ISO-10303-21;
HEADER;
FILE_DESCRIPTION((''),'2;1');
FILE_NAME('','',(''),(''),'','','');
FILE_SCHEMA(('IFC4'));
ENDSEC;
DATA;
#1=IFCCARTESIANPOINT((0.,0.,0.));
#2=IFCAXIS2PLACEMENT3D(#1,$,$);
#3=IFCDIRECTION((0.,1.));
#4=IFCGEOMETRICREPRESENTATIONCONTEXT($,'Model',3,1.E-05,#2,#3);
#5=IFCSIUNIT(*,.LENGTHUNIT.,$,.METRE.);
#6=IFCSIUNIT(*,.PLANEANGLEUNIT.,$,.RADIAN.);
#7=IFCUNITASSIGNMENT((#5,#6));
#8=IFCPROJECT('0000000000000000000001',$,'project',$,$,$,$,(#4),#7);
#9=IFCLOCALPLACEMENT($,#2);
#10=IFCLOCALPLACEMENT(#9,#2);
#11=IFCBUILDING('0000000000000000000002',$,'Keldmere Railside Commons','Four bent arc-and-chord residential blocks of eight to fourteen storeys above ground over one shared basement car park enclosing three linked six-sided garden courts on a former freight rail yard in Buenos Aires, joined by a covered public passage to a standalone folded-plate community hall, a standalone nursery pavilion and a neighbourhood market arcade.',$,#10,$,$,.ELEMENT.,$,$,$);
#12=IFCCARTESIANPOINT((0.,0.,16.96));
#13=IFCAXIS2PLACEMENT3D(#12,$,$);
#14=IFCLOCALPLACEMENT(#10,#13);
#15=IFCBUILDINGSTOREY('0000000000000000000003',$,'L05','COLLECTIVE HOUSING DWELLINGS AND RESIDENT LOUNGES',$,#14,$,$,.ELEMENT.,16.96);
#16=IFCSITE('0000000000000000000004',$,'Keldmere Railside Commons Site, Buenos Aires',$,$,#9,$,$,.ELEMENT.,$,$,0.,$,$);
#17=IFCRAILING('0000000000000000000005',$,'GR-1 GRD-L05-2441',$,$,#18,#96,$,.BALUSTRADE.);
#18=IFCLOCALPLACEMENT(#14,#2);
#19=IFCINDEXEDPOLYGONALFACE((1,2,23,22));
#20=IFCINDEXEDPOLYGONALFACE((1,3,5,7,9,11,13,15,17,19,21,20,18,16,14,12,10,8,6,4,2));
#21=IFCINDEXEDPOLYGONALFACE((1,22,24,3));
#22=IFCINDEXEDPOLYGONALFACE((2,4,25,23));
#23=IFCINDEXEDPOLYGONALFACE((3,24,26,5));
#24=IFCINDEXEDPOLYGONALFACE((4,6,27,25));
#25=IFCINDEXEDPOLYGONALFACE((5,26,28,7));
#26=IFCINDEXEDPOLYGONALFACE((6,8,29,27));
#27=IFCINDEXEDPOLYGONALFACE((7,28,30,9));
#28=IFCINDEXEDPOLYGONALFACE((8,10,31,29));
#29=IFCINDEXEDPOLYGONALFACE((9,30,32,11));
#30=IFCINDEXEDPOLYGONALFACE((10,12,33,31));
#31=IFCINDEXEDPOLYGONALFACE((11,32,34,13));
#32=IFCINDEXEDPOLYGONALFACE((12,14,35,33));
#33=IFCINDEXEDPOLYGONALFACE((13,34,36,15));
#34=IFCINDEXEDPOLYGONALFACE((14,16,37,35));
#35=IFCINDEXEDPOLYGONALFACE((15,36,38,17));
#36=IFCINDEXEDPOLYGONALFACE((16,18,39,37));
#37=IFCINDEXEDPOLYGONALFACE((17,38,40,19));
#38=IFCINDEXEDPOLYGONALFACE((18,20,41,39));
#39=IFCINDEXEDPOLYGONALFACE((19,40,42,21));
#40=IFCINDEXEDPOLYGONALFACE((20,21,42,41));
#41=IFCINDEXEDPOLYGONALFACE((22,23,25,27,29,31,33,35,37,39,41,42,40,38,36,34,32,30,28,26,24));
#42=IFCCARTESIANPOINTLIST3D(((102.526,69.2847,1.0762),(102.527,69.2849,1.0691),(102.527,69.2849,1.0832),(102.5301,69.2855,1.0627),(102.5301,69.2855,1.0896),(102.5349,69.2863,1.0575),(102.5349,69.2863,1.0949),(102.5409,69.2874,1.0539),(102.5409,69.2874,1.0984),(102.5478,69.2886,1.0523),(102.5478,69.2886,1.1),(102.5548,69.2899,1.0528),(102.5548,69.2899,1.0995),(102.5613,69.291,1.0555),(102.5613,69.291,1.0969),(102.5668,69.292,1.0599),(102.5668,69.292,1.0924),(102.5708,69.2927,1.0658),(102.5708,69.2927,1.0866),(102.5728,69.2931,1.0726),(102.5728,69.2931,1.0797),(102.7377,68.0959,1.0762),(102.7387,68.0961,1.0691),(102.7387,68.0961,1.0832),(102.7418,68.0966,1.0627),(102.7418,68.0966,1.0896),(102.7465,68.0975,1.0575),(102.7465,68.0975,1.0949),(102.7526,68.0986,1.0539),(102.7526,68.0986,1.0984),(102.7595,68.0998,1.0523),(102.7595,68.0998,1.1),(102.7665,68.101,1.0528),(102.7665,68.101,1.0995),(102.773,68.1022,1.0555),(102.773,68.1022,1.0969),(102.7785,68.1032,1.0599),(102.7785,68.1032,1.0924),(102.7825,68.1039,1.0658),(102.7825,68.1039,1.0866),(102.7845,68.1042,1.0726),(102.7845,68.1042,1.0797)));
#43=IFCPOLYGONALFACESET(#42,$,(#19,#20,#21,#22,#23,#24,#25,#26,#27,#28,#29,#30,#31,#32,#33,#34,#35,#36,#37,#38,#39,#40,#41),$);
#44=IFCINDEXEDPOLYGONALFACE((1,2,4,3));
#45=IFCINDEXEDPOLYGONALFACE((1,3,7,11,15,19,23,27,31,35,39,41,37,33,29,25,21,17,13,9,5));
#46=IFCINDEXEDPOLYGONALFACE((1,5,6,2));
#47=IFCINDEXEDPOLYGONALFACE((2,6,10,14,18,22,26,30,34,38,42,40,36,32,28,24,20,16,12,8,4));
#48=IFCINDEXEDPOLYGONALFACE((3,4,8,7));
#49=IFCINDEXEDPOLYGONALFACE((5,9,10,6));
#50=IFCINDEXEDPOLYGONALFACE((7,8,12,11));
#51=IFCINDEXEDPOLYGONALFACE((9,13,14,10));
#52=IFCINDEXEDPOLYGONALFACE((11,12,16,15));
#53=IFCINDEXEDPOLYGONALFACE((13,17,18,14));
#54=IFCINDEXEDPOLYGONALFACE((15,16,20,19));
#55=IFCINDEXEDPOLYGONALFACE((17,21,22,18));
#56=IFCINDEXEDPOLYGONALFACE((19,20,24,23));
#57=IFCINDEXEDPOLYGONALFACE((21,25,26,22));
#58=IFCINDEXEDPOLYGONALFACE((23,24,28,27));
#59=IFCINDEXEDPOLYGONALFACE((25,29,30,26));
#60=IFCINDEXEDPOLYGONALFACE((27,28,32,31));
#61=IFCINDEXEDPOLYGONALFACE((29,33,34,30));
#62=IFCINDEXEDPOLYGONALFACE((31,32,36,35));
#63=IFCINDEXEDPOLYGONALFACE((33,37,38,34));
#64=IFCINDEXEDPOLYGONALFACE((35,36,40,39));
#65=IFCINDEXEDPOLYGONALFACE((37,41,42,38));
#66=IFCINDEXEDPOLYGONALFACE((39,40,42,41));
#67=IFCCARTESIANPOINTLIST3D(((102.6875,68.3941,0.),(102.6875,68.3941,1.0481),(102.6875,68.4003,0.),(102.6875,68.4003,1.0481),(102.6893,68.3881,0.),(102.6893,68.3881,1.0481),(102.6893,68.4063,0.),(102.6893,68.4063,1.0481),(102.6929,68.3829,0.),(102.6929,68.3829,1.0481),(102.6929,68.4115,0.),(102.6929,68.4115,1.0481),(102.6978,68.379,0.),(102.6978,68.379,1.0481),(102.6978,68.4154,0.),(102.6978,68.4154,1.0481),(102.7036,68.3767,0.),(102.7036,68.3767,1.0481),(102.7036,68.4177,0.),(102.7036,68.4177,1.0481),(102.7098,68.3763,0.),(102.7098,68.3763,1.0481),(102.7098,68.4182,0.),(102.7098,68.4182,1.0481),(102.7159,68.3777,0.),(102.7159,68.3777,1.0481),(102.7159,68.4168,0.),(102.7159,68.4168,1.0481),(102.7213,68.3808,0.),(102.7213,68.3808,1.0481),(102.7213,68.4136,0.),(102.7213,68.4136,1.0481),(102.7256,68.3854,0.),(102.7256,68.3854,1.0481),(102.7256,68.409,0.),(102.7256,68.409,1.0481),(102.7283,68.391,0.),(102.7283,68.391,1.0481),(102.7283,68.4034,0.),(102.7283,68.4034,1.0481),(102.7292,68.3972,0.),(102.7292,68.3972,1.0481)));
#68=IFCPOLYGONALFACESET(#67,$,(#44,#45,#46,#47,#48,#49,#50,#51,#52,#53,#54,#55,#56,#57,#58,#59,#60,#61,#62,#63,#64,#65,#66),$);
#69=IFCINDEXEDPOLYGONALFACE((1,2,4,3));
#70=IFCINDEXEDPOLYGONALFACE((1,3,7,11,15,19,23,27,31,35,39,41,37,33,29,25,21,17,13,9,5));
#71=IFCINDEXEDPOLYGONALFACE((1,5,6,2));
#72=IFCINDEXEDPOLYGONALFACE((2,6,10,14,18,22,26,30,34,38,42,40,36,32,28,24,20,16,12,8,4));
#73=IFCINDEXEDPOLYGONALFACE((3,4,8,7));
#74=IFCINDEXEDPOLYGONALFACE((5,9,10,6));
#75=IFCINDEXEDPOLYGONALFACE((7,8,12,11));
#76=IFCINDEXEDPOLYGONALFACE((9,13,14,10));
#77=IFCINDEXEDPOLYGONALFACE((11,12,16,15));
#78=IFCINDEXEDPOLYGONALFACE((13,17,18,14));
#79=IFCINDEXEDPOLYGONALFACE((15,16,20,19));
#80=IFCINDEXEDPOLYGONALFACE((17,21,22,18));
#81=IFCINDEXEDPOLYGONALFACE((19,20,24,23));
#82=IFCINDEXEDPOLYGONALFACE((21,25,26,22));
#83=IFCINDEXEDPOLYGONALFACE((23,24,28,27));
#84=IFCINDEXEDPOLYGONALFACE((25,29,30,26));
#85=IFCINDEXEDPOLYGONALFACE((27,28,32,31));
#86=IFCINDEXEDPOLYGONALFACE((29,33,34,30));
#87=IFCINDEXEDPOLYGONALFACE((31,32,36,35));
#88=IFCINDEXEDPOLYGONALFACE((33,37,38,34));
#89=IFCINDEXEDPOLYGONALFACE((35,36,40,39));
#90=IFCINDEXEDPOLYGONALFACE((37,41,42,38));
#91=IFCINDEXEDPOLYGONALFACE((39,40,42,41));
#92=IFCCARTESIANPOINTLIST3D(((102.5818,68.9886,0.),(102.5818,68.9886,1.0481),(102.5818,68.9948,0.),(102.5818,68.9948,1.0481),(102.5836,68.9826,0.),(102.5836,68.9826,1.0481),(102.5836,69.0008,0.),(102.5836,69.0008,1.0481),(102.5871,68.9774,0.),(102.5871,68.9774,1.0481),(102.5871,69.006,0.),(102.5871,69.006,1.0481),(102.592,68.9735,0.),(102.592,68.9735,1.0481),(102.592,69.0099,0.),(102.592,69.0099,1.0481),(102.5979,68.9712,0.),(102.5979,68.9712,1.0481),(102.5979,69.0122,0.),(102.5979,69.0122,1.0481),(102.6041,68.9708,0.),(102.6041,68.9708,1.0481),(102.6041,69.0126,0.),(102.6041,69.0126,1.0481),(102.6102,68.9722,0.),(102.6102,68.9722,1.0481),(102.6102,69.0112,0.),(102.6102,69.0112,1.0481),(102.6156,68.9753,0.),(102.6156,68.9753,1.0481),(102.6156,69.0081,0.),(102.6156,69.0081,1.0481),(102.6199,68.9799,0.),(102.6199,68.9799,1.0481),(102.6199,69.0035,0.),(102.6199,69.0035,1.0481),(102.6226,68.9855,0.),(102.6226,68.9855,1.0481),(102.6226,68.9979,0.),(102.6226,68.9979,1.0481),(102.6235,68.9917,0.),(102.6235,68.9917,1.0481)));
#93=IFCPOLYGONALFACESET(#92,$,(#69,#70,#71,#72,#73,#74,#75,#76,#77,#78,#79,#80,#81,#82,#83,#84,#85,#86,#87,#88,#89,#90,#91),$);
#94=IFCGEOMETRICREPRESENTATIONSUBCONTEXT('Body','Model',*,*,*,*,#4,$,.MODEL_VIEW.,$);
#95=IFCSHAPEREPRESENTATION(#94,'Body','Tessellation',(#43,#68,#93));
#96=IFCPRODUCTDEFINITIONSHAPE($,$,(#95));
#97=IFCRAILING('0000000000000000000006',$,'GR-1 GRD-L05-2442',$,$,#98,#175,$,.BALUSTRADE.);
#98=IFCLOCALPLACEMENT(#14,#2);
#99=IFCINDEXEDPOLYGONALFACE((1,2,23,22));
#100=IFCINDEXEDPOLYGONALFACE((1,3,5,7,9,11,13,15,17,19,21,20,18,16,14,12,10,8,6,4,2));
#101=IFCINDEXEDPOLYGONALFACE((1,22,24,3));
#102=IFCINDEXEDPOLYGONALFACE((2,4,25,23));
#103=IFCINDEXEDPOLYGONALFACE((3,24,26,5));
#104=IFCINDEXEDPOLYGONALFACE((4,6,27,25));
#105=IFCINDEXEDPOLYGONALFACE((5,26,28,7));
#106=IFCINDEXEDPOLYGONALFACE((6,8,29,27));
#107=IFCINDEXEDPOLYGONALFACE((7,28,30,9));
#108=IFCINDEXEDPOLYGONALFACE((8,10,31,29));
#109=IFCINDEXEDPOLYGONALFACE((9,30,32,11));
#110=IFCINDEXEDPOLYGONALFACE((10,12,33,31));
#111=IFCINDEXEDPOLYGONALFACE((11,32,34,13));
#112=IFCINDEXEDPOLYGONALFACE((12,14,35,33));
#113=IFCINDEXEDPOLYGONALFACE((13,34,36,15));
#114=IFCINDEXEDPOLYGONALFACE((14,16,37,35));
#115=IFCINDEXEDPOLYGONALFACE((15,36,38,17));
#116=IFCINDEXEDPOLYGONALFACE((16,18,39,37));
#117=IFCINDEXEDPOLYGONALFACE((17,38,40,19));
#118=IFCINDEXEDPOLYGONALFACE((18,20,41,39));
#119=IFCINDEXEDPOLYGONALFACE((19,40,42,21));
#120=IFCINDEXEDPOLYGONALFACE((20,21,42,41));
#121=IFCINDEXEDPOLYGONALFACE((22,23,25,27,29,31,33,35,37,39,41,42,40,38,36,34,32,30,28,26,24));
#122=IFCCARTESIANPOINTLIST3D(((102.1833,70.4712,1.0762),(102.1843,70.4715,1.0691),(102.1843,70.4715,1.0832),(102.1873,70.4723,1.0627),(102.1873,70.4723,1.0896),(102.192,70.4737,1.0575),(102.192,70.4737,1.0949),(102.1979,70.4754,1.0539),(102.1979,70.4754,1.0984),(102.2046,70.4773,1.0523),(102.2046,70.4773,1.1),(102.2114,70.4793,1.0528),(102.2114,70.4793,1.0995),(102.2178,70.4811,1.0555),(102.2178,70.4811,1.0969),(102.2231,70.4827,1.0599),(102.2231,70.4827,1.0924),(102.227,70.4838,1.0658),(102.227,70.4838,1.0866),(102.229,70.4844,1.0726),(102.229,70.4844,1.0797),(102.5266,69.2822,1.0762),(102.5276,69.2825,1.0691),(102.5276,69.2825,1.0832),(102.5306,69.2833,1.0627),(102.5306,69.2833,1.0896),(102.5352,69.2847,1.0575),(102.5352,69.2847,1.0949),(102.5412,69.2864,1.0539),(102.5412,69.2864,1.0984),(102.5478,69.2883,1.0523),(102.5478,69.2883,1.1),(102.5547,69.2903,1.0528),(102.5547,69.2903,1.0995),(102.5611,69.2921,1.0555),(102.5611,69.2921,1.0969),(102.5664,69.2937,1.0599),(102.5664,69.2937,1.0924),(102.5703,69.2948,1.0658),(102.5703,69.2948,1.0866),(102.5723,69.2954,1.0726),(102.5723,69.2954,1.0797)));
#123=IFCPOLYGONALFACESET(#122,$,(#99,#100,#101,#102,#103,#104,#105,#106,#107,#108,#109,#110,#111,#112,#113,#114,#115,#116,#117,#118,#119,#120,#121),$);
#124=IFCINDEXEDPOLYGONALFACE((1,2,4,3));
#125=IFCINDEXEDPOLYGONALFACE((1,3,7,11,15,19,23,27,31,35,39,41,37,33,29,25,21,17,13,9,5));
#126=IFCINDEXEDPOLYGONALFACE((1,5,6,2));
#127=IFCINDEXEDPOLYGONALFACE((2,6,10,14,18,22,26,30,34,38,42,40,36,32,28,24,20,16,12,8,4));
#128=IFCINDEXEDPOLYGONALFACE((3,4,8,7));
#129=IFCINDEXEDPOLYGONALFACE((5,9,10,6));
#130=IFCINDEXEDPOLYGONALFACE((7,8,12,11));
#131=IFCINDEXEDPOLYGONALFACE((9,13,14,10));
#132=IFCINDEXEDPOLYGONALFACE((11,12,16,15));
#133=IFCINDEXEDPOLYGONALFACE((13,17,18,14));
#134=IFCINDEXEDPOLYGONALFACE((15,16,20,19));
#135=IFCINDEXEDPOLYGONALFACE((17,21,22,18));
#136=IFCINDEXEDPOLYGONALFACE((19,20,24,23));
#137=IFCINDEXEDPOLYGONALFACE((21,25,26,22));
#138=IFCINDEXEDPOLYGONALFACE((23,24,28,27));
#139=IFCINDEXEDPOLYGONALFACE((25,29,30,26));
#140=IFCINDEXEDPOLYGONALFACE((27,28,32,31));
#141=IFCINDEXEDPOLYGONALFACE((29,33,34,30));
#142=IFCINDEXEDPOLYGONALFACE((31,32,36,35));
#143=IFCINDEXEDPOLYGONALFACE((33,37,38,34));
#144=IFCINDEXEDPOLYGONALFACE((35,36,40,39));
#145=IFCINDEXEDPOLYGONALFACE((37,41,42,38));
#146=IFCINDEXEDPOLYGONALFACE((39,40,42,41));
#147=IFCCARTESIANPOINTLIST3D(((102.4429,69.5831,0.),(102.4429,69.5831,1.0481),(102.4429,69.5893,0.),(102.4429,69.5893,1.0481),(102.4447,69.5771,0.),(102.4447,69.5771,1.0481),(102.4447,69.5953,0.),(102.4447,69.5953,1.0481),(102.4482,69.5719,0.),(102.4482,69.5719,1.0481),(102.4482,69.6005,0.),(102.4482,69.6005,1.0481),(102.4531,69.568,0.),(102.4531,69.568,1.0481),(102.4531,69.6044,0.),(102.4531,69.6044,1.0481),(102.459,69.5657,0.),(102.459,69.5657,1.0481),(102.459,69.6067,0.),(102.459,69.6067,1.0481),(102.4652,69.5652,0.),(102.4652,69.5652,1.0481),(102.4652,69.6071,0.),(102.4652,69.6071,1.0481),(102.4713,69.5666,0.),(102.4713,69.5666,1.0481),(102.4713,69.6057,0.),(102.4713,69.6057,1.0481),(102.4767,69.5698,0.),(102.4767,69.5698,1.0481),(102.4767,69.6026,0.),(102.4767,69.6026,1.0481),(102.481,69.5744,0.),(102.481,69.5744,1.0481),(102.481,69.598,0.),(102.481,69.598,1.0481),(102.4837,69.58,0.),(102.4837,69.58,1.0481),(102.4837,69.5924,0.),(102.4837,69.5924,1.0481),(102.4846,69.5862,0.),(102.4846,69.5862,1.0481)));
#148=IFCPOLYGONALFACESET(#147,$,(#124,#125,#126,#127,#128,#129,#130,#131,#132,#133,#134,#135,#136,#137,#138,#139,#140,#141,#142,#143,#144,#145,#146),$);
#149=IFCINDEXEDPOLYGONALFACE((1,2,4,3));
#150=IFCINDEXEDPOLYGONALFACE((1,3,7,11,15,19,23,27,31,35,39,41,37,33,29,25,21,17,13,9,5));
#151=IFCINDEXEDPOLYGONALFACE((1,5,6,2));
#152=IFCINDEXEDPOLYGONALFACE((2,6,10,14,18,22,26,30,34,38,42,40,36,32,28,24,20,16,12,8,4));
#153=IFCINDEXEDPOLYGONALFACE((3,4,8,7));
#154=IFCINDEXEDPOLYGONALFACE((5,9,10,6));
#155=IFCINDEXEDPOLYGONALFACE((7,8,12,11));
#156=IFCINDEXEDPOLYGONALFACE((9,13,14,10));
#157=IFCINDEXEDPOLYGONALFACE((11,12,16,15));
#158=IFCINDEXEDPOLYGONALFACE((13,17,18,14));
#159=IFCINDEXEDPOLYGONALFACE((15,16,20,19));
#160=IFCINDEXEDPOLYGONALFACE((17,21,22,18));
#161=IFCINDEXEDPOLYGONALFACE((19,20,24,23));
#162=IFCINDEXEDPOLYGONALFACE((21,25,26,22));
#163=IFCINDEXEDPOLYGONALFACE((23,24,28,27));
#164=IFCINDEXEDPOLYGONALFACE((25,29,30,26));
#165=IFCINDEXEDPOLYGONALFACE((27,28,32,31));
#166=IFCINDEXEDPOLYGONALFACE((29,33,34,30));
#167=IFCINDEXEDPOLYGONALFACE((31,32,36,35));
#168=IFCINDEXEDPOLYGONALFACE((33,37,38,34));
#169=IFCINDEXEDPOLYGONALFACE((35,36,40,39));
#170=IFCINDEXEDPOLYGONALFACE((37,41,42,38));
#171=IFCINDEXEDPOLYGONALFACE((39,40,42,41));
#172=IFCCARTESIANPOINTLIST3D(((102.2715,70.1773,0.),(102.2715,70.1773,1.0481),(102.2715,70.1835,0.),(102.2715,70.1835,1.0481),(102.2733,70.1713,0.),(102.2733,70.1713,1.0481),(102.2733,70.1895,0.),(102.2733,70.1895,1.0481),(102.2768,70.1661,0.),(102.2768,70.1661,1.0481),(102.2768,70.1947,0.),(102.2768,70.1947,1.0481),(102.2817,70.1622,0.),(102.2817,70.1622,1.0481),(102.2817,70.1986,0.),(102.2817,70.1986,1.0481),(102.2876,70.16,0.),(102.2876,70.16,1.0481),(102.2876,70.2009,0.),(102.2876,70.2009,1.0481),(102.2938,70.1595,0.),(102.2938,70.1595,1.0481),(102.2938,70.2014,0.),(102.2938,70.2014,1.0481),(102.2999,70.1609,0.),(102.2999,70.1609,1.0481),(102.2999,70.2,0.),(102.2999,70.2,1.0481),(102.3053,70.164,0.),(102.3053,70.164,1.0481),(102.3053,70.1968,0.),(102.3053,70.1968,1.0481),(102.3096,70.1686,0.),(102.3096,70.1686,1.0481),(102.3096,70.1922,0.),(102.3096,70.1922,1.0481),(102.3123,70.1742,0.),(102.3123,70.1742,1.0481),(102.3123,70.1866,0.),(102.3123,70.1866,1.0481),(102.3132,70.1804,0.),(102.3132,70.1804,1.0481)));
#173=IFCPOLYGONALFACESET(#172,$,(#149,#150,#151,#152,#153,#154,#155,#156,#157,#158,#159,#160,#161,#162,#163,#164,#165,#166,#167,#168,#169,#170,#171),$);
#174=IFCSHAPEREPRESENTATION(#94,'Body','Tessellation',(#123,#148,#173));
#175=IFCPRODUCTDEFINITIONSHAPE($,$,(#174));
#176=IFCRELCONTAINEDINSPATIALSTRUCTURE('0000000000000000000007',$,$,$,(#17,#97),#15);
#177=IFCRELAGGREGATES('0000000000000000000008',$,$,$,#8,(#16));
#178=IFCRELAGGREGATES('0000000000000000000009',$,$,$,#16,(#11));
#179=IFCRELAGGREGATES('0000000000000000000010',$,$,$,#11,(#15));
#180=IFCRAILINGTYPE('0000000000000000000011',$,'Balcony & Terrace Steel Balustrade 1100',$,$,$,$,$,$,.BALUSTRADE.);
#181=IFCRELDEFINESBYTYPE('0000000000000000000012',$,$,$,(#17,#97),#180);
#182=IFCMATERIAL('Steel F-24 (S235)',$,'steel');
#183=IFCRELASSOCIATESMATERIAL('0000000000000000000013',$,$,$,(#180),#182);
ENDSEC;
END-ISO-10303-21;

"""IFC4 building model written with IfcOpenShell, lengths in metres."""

from ifc_helpers import new_model, si_unit, direction, frame, origin, origin_2d, place, context, subcontext, project, spatial, circle, extrude, material, type_object, element, save


model = new_model("IFC4")

# Units and contexts
model_context = context("Model", 3, precision=1e-05, world=origin(), true_north=direction((0.0, 1.0)))
body_context = subcontext(model_context, "Body", "Model", "MODEL_VIEW")
ifc_project = project(units=[si_unit("LENGTHUNIT", "METRE"), si_unit("PLANEANGLEUNIT", "RADIAN")], contexts=[model_context])

# Site, building, storey
site_placement = place(None, origin())
site = spatial("IfcSite", under=ifc_project, at=site_placement, Name="Keldmere Railside Commons Site, Buenos Aires", CompositionType="ELEMENT", RefElevation=0.0)
building_placement = place(site_placement, origin())
building = spatial("IfcBuilding", under=site, at=building_placement, Name="Keldmere Railside Commons", Description="Four bent arc-and-chord residential blocks of eight to fourteen storeys above ground over one shared basement car park enclosing three linked six-sided garden courts on a former freight rail yard in Buenos Aires, joined by a covered public passage to a standalone folded-plate community hall, a standalone nursery pavilion and a neighbourhood market arcade.", CompositionType="ELEMENT")
storey_placement = place(building_placement, frame((0.0, 0.0, 16.96)))
storey = spatial("IfcBuildingStorey", under=building, at=storey_placement, Name="L05", Description="COLLECTIVE HOUSING DWELLINGS AND RESIDENT LOUNGES", CompositionType="ELEMENT", Elevation=16.96)

# Shared definitions
ifc_material_1 = material(Name="Steel F-24 (S235)", Category="steel")

# Railings
railing_type_1 = type_object("IfcRailingType", Name="Balcony & Terrace Steel Balustrade 1100", PredefinedType="BALUSTRADE", material=ifc_material_1)
railing_1_placement = place(storey_placement, frame((102.7612, 68.1001, 0.0)))
element("IfcRailing", 1, at=railing_1_placement, inside=storey, type_object=railing_type_1, Name="GR-1 GRD-L05-2441", PredefinedType="BALUSTRADE", context=body_context, shape_type="SweptSolid", body=[
    extrude(circle(Radius=0.0239, at=origin_2d()), frame((0.0, 0.0, 1.0762), z_axis=(-0.175308, 0.984514, 0.0), x_axis=(-0.984514, -0.175308, 0.0)), (0.0, 0.0, 1.0), 1.2075),
    extrude(circle(Radius=0.021, at=origin_2d()), frame((-0.053, 0.2971, 0.0)), (0.0, 0.0, 1.0), 1.0481),
    extrude(circle(Radius=0.021, at=origin_2d()), frame((-0.1587, 0.8916, 0.0)), (0.0, 0.0, 1.0), 1.0481),
])
railing_2_placement = place(storey_placement, frame((102.5496, 69.2888, 0.0)))
element("IfcRailing", 2, at=railing_2_placement, inside=storey, type_object=railing_type_1, Name="GR-1 GRD-L05-2442", PredefinedType="BALUSTRADE", context=body_context, shape_type="SweptSolid", body=[
    extrude(circle(Radius=0.0239, at=origin_2d()), frame((0.0, 0.0, 1.0762), z_axis=(-0.277378, 0.960761, 0.0), x_axis=(-0.960761, -0.277378, 0.0)), (0.0, 0.0, 1.0), 1.2375),
    extrude(circle(Radius=0.021, at=origin_2d()), frame((-0.0859, 0.2974, 0.0)), (0.0, 0.0, 1.0), 1.0481),
    extrude(circle(Radius=0.021, at=origin_2d()), frame((-0.2573, 0.8916, 0.0)), (0.0, 0.0, 1.0), 1.0481),
])

save(model, "model.ifc")
